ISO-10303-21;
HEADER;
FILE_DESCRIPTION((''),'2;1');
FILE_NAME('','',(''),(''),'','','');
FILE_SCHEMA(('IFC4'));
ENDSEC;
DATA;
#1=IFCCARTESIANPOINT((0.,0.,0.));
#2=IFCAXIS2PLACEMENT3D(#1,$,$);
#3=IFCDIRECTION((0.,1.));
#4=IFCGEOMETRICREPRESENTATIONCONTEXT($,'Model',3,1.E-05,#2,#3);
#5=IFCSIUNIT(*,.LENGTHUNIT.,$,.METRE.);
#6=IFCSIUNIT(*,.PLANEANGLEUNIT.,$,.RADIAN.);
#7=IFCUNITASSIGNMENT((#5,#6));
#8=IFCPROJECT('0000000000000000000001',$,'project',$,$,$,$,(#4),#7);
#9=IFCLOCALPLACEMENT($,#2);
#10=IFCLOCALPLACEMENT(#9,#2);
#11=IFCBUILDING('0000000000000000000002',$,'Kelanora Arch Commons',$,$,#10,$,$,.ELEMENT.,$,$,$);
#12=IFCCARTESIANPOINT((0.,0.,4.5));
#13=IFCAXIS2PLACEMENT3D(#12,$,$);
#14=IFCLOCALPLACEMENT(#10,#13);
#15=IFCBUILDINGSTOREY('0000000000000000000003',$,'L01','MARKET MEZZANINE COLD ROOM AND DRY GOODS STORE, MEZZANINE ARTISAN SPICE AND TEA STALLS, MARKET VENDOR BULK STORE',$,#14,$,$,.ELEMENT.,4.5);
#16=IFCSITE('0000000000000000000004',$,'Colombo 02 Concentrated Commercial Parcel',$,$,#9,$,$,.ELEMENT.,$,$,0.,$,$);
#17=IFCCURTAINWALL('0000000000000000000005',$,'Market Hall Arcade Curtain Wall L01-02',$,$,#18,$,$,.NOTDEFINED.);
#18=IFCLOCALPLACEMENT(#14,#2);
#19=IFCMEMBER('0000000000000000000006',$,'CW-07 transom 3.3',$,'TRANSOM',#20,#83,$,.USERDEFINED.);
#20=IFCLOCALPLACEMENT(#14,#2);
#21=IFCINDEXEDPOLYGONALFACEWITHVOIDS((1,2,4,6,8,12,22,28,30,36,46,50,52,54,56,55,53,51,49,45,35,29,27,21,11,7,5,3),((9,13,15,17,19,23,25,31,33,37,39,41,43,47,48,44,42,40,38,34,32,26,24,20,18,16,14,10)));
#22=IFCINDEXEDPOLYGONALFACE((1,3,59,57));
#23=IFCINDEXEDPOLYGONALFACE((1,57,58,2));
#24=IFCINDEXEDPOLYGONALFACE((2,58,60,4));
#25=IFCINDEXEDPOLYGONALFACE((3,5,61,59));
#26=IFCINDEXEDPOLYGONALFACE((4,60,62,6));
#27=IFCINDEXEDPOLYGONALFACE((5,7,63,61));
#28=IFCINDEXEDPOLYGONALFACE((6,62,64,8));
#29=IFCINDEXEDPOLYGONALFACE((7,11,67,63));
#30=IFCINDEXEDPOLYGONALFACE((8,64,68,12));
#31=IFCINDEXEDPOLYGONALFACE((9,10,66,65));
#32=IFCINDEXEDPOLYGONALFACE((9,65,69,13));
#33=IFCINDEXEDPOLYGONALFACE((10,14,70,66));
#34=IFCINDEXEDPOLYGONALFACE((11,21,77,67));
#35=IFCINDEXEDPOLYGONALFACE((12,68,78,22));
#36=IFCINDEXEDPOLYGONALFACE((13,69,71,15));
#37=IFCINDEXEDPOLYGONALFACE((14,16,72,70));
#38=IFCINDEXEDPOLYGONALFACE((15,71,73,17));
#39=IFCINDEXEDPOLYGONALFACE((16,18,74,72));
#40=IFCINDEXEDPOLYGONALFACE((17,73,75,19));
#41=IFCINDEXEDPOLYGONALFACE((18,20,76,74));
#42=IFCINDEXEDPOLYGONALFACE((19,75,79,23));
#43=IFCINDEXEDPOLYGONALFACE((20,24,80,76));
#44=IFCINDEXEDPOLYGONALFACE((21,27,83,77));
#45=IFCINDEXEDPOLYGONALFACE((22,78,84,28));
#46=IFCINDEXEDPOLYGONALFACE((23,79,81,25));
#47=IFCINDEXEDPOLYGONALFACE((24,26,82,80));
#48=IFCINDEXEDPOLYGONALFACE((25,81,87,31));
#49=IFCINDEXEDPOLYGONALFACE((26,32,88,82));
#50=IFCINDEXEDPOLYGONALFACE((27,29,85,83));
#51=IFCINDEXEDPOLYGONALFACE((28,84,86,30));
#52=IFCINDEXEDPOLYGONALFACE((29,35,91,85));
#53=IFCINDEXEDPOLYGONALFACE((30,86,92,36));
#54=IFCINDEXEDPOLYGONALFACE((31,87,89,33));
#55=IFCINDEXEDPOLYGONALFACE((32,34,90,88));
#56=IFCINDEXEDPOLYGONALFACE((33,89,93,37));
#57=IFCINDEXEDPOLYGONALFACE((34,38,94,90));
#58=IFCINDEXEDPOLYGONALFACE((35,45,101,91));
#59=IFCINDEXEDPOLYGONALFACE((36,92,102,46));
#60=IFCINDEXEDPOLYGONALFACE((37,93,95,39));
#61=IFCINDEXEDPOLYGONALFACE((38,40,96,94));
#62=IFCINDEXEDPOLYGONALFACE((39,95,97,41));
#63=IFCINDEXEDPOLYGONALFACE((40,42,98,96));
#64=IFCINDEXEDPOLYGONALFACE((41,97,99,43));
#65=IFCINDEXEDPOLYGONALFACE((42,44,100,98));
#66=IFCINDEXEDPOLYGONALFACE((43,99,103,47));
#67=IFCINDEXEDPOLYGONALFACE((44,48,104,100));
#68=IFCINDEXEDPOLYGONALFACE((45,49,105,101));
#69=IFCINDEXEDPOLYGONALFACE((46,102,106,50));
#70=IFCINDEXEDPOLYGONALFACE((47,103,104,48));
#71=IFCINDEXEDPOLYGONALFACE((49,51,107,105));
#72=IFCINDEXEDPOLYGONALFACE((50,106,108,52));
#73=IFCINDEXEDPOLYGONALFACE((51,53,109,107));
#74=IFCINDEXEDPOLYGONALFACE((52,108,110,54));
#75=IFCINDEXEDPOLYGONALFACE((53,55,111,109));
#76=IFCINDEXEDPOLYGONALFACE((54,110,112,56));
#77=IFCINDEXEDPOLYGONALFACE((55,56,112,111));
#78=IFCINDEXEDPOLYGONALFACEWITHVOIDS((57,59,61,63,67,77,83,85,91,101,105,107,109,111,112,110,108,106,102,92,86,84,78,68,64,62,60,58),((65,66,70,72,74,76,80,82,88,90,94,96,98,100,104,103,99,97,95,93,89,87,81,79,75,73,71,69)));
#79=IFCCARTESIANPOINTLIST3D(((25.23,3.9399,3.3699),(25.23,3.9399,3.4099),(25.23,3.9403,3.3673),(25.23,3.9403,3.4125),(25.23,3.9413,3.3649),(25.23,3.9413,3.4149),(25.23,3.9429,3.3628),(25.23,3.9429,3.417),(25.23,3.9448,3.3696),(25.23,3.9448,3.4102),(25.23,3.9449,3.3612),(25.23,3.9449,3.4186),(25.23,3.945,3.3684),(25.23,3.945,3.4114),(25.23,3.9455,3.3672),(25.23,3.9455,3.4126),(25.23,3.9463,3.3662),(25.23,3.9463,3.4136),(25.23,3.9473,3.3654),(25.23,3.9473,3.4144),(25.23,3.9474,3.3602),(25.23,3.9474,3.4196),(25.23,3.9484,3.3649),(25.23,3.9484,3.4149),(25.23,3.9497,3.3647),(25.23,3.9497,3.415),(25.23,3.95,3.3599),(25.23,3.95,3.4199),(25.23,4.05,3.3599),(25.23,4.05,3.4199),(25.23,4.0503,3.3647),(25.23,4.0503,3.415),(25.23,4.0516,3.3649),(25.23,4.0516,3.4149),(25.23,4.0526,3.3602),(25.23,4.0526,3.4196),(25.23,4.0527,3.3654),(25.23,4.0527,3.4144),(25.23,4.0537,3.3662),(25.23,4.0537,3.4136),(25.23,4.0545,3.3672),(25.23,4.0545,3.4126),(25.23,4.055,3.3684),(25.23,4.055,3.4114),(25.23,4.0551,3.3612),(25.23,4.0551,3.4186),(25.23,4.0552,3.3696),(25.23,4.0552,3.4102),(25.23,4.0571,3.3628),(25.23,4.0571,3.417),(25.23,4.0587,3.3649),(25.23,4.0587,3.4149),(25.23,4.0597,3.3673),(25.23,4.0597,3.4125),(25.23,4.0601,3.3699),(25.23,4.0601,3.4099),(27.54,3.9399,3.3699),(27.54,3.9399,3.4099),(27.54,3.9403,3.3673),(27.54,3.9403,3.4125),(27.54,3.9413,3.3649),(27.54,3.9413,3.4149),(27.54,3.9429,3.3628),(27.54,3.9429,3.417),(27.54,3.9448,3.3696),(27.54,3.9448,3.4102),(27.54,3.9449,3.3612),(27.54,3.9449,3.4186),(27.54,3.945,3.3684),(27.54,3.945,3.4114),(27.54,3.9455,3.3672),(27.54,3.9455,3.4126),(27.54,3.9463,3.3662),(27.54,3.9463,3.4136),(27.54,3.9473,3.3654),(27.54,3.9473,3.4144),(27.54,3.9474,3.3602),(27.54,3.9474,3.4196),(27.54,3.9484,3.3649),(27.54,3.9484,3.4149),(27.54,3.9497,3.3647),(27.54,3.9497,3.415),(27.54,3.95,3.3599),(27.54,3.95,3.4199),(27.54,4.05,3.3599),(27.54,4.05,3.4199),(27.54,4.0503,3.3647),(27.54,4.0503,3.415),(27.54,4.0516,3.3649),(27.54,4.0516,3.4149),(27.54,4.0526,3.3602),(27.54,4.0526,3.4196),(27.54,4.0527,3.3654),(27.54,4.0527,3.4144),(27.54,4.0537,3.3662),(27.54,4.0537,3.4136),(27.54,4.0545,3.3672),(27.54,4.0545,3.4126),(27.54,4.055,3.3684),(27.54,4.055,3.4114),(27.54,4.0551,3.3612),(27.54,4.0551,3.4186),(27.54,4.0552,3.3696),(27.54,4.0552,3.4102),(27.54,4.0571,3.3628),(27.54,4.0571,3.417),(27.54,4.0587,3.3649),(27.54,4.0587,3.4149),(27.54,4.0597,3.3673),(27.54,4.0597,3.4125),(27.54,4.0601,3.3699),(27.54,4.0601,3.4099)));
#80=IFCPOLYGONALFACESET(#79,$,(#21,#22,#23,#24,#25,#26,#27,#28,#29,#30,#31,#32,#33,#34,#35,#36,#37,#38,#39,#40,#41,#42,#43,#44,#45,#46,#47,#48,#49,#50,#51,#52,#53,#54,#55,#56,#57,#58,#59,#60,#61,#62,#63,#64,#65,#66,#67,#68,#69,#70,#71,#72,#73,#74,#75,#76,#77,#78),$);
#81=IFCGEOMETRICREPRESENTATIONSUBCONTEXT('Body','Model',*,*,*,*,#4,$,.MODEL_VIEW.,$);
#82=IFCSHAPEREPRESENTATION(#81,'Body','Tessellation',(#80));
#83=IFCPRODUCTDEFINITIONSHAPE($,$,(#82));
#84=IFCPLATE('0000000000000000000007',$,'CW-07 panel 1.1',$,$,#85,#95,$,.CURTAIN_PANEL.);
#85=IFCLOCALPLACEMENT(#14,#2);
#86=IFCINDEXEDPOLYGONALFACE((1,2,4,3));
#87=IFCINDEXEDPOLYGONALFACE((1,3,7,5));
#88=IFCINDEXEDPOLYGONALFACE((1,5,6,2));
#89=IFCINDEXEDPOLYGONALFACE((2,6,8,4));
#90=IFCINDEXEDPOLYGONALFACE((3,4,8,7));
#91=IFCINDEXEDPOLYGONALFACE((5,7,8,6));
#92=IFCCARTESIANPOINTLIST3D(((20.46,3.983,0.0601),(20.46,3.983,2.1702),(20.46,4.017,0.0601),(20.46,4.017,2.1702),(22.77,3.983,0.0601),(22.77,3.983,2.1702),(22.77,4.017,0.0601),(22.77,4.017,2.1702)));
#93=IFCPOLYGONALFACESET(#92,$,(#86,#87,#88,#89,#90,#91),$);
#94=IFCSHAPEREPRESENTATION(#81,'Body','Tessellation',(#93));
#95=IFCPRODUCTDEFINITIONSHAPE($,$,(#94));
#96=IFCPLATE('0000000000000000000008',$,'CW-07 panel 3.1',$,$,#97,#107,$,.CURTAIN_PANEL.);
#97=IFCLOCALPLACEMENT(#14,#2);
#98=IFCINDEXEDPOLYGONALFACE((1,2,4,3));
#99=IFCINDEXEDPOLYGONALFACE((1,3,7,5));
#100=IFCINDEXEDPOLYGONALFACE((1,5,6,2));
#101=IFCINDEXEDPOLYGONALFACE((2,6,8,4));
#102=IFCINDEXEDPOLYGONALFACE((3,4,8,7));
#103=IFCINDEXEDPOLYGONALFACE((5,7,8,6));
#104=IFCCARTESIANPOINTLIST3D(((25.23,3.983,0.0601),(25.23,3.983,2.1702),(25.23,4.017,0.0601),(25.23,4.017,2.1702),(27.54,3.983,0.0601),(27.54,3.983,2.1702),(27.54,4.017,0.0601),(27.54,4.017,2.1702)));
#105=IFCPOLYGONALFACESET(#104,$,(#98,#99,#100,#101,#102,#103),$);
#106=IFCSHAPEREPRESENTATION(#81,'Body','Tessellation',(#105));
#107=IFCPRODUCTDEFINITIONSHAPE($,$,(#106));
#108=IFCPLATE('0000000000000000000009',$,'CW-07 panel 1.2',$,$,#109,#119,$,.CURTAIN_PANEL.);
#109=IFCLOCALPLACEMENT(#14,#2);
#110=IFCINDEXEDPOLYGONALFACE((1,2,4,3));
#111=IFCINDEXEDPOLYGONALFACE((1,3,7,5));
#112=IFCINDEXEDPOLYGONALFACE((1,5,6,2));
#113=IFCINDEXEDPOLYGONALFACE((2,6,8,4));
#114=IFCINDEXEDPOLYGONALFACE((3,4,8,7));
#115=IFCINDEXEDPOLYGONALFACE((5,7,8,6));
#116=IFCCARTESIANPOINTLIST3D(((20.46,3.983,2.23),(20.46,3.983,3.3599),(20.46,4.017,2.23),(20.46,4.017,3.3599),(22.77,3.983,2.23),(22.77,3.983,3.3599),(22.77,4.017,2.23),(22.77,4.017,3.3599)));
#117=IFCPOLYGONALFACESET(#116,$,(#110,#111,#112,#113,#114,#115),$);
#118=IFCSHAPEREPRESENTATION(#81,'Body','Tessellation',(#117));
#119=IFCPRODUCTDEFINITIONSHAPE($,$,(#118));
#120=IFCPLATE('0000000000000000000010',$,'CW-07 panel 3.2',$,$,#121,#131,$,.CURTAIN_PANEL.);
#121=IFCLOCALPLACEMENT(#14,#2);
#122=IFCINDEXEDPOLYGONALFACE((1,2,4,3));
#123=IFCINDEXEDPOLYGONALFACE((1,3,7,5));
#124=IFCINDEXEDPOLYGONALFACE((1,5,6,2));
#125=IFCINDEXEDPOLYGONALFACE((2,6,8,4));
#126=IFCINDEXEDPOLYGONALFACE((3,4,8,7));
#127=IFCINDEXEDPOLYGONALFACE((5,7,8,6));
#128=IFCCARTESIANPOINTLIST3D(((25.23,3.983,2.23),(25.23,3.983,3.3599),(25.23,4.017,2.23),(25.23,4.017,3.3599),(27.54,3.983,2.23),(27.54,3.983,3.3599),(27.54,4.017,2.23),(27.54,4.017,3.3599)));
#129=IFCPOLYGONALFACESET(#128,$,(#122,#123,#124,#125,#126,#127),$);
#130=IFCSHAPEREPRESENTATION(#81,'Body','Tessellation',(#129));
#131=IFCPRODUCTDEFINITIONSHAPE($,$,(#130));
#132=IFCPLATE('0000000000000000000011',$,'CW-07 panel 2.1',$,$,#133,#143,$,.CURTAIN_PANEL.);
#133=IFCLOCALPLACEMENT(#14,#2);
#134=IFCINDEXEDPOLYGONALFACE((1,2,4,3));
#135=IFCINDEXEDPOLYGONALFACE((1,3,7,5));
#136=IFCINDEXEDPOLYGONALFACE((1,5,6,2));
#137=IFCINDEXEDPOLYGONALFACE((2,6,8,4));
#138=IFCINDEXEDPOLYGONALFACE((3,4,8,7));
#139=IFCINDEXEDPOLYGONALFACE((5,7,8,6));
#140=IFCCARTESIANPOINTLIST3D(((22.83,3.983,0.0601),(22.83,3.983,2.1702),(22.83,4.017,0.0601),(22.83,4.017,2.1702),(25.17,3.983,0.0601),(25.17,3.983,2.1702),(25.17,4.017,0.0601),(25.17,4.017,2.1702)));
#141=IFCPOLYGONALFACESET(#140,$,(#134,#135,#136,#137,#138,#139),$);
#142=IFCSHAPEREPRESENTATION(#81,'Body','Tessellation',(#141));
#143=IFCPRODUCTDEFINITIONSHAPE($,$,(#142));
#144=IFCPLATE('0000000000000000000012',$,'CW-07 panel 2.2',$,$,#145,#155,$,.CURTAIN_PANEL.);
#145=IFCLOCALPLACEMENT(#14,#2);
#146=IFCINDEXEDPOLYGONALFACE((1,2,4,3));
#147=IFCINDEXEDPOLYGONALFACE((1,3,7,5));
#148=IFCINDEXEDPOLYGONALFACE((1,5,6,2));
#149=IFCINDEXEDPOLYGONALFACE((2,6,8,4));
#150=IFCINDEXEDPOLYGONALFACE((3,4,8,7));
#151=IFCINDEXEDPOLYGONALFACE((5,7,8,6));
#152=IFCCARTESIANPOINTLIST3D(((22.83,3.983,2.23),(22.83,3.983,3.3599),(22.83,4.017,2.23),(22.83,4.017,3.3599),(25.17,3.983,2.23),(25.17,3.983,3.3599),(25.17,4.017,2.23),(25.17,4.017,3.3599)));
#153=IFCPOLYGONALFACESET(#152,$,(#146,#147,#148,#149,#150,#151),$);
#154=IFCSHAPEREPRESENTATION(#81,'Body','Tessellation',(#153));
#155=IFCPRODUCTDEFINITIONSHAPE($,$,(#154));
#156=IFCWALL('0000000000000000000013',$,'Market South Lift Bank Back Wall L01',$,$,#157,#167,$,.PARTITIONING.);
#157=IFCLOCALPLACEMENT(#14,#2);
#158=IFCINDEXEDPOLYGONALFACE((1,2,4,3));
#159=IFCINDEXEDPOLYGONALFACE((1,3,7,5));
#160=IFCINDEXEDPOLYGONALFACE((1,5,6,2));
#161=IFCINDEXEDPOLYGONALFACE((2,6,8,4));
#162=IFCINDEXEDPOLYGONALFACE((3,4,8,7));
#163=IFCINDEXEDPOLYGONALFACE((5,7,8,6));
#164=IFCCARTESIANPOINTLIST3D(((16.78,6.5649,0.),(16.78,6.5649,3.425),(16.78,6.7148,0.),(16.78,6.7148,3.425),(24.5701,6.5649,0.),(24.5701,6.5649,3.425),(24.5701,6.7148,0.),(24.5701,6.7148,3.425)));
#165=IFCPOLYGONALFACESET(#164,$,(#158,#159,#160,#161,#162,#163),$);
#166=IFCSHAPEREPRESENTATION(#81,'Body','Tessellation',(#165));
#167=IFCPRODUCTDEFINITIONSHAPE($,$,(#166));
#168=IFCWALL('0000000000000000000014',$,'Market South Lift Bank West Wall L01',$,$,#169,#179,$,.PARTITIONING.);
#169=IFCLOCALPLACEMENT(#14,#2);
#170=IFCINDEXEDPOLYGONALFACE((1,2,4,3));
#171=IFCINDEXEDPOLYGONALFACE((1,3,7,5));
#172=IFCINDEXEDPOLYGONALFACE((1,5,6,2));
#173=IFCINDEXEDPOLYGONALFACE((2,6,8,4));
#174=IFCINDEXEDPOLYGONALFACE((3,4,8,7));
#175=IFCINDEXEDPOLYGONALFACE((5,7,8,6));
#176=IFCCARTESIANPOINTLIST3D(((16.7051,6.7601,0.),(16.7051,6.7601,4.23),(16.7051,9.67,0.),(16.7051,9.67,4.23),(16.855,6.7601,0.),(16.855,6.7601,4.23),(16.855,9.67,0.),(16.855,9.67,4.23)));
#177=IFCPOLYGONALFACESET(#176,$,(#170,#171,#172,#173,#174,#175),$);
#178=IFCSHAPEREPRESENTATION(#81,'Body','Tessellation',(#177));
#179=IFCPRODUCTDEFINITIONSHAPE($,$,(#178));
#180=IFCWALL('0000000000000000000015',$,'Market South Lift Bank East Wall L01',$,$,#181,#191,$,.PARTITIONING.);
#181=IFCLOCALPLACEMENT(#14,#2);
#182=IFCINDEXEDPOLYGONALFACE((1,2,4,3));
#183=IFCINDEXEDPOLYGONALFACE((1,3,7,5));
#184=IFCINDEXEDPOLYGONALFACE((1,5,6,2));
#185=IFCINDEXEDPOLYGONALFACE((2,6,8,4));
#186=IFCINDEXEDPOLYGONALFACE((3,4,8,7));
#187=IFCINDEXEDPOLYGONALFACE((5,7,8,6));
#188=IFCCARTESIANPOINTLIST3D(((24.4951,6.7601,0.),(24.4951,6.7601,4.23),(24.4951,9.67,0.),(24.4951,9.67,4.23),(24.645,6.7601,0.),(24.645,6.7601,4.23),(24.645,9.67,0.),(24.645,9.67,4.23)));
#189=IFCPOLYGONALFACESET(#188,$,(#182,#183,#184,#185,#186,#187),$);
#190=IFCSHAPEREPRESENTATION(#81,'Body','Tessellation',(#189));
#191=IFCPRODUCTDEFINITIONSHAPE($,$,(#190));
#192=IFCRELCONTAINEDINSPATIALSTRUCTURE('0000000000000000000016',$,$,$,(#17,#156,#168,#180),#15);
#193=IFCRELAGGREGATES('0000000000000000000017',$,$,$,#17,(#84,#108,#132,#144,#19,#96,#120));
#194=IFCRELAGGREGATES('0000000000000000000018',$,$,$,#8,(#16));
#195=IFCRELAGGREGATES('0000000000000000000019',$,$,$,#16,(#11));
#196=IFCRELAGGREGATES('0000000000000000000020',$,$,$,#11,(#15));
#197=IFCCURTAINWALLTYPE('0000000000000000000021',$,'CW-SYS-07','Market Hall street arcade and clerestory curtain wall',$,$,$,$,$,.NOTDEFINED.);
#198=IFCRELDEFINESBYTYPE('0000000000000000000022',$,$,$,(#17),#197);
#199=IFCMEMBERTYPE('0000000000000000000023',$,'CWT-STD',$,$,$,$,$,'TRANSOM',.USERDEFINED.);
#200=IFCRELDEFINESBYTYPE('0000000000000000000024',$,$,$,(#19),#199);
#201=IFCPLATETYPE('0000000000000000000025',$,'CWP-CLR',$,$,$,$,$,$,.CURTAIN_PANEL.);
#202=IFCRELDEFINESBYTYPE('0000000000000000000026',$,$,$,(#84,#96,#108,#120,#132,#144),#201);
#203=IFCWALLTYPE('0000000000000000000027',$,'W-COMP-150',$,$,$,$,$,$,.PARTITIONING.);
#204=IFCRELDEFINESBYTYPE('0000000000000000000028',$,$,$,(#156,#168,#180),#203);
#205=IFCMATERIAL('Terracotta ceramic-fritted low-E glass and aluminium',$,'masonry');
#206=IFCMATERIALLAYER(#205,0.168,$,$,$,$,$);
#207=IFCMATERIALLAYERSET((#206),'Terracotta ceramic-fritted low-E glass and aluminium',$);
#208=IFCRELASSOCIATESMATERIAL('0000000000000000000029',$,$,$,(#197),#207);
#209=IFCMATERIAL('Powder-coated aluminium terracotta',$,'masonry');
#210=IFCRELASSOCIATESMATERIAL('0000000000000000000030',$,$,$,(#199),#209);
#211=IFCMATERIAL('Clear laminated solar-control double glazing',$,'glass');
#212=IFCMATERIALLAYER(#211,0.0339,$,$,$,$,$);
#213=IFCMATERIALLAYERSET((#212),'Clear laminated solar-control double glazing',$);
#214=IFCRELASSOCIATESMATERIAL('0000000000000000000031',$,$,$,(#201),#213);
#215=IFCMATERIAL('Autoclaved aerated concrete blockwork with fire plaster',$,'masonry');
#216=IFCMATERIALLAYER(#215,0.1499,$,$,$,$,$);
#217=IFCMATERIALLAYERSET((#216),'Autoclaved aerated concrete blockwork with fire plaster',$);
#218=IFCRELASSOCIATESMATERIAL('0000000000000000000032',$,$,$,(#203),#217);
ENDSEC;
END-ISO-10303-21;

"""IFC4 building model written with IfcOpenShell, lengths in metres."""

from ifc_helpers import new_model, si_unit, direction, frame, frame_2d, origin, origin_2d, place, context, subcontext, project, spatial, rectangle, hollow_rectangle, extrude, source, transform, mapped, material, layer, layer_set, material_profile, profile_set, type_object, element, aggregate, save


model = new_model("IFC4")

# Units and contexts
model_context = context("Model", 3, precision=1e-05, world=origin(), true_north=direction((0.0, 1.0)))
body_context = subcontext(model_context, "Body", "Model", "MODEL_VIEW")
ifc_project = project(units=[si_unit("LENGTHUNIT", "METRE"), si_unit("PLANEANGLEUNIT", "RADIAN")], contexts=[model_context])

# Site, building, storey
site_placement = place(None, origin())
site = spatial("IfcSite", under=ifc_project, at=site_placement, Name="Colombo 02 Concentrated Commercial Parcel", CompositionType="ELEMENT", RefElevation=0.0)
building_placement = place(site_placement, origin())
building = spatial("IfcBuilding", under=site, at=building_placement, Name="Kelanora Arch Commons", CompositionType="ELEMENT")
storey_placement = place(building_placement, frame((0.0, 0.0, 4.5)))
storey = spatial("IfcBuildingStorey", under=building, at=storey_placement, Name="L01", Description="MARKET MEZZANINE COLD ROOM AND DRY GOODS STORE, MEZZANINE ARTISAN SPICE AND TEA STALLS, MARKET VENDOR BULK STORE", CompositionType="ELEMENT", Elevation=4.5)

# Curtain wall, member, plates
ifc_material_1 = material(Name="Terracotta ceramic-fritted low-E glass and aluminium", Category="masonry")
ifc_layer_1 = layer(ifc_material_1, 0.168)
ifc_layer_set_1 = layer_set([ifc_layer_1], Name="Terracotta ceramic-fritted low-E glass and aluminium")
curtain_wall_type = type_object("IfcCurtainWallType", Name="CW-SYS-07", Description="Market Hall street arcade and clerestory curtain wall", PredefinedType="NOTDEFINED", material=ifc_layer_set_1)
curtain_wall_placement = place(storey_placement, origin())
curtain_wall = element("IfcCurtainWall", 1, at=curtain_wall_placement, inside=storey, type_object=curtain_wall_type, Name="Market Hall Arcade Curtain Wall L01-02", PredefinedType="NOTDEFINED")
ifc_material_2 = material(Name="Powder-coated aluminium terracotta", Category="masonry")
ifc_material_profile_1 = material_profile(ifc_material_2, hollow_rectangle(XDim=0.1201, YDim=0.0601, WallThickness=0.0049, InnerFilletRadius=0.0049, OuterFilletRadius=0.01, at=origin_2d()), Name="CWT120x60")
ifc_profile_set_1 = profile_set([ifc_material_profile_1], Name="Powder-coated aluminium terracotta")
member_type_1 = type_object("IfcMemberType", Name="CWT-STD", ElementType="TRANSOM", PredefinedType="USERDEFINED", material=ifc_profile_set_1)
member_1_placement = place(storey_placement, frame((25.23, 4.0, 3.3899), z_axis=(1.0, 0.0, 0.0), x_axis=(0.0, 1.0, 0.0)))
member_1 = element("IfcMember", 2, at=member_1_placement, type_object=member_type_1, Name="CW-07 transom 3.3", ObjectType="TRANSOM", PredefinedType="USERDEFINED", context=body_context, shape_type="SweptSolid", body=[
    extrude(hollow_rectangle(XDim=0.1201, YDim=0.0601, WallThickness=0.0049, InnerFilletRadius=0.0049, OuterFilletRadius=0.01, at=origin_2d()), origin(), (0.0, 0.0, 1.0), 2.3101),
])
ifc_material_3 = material(Name="Clear laminated solar-control double glazing", Category="glass")
ifc_layer_2 = layer(ifc_material_3, 0.0339)
ifc_layer_set_2 = layer_set([ifc_layer_2], Name="Clear laminated solar-control double glazing")
plate_type = type_object("IfcPlateType", Name="CWP-CLR", PredefinedType="CURTAIN_PANEL", material=ifc_layer_set_2)
shared_shape_1 = source(origin(), body_context, "Body", "SweptSolid", [
    extrude(rectangle(XDim=2.3101, YDim=0.0339, at=origin_2d()), origin(), (0.0, 0.0, 1.0), 2.1101),
])
plate_1_placement = place(storey_placement, frame((21.615, 4.0, 0.0601), z_axis=(0.0, 0.0, 1.0), x_axis=(1.0, 0.0, 0.0)))
plate_1 = element("IfcPlate", 3, at=plate_1_placement, type_object=plate_type, Name="CW-07 panel 1.1", PredefinedType="CURTAIN_PANEL", context=body_context, shape_type="MappedRepresentation", body=[
    mapped(shared_shape_1, transform((0.0, 0.0, 0.0), scale=1.0)),
])
plate_2_placement = place(storey_placement, frame((26.385, 4.0, 0.0601), z_axis=(0.0, 0.0, 1.0), x_axis=(1.0, 0.0, 0.0)))
plate_2 = element("IfcPlate", 4, at=plate_2_placement, type_object=plate_type, Name="CW-07 panel 3.1", PredefinedType="CURTAIN_PANEL", context=body_context, shape_type="MappedRepresentation", body=[
    mapped(shared_shape_1, transform((0.0, 0.0, 0.0), scale=1.0)),
])
shared_shape_2 = source(origin(), body_context, "Body", "SweptSolid", [
    extrude(rectangle(XDim=2.3101, YDim=0.0339, at=origin_2d()), origin(), (0.0, 0.0, 1.0), 1.1299),
])
plate_3_placement = place(storey_placement, frame((21.615, 4.0, 2.23), z_axis=(0.0, 0.0, 1.0), x_axis=(1.0, 0.0, 0.0)))
plate_3 = element("IfcPlate", 5, at=plate_3_placement, type_object=plate_type, Name="CW-07 panel 1.2", PredefinedType="CURTAIN_PANEL", context=body_context, shape_type="MappedRepresentation", body=[
    mapped(shared_shape_2, transform((0.0, 0.0, 0.0), scale=1.0)),
])
plate_4_placement = place(storey_placement, frame((26.385, 4.0, 2.23), z_axis=(0.0, 0.0, 1.0), x_axis=(1.0, 0.0, 0.0)))
plate_4 = element("IfcPlate", 6, at=plate_4_placement, type_object=plate_type, Name="CW-07 panel 3.2", PredefinedType="CURTAIN_PANEL", context=body_context, shape_type="MappedRepresentation", body=[
    mapped(shared_shape_2, transform((0.0, 0.0, 0.0), scale=1.0)),
])
shared_shape_3 = source(origin(), body_context, "Body", "SweptSolid", [
    extrude(rectangle(XDim=2.3401, YDim=0.0339, at=origin_2d()), origin(), (0.0, 0.0, 1.0), 2.1101),
])
plate_5_placement = place(storey_placement, frame((24.0, 4.0, 0.0601), z_axis=(0.0, 0.0, 1.0), x_axis=(1.0, 0.0, 0.0)))
plate_5 = element("IfcPlate", 7, at=plate_5_placement, type_object=plate_type, Name="CW-07 panel 2.1", PredefinedType="CURTAIN_PANEL", context=body_context, shape_type="MappedRepresentation", body=[
    mapped(shared_shape_3, transform((0.0, 0.0, 0.0), scale=1.0)),
])
shared_shape_4 = source(origin(), body_context, "Body", "SweptSolid", [
    extrude(rectangle(XDim=2.3401, YDim=0.0339, at=origin_2d()), origin(), (0.0, 0.0, 1.0), 1.1299),
])
plate_6_placement = place(storey_placement, frame((24.0, 4.0, 2.23), z_axis=(0.0, 0.0, 1.0), x_axis=(1.0, 0.0, 0.0)))
plate_6 = element("IfcPlate", 8, at=plate_6_placement, type_object=plate_type, Name="CW-07 panel 2.2", PredefinedType="CURTAIN_PANEL", context=body_context, shape_type="MappedRepresentation", body=[
    mapped(shared_shape_4, transform((0.0, 0.0, 0.0), scale=1.0)),
])
aggregate(curtain_wall, [plate_1, plate_3, plate_5, plate_6, member_1, plate_2, plate_4])

# Walls
ifc_material_4 = material(Name="Autoclaved aerated concrete blockwork with fire plaster", Category="masonry")
ifc_layer_3 = layer(ifc_material_4, 0.1499)
ifc_layer_set_3 = layer_set([ifc_layer_3], Name="Autoclaved aerated concrete blockwork with fire plaster")
wall_type_1 = type_object("IfcWallType", Name="W-COMP-150", PredefinedType="PARTITIONING", material=ifc_layer_set_3)
wall_1_placement = place(storey_placement, frame((16.78, 6.6399, 0.0), z_axis=(0.0, 0.0, 1.0), x_axis=(1.0, 0.0, 0.0)))
element("IfcWall", 9, at=wall_1_placement, inside=storey, type_object=wall_type_1, Name="Market South Lift Bank Back Wall L01", PredefinedType="PARTITIONING", context=body_context, shape_type="SweptSolid", body=[
    extrude(rectangle(XDim=7.79, YDim=0.1499, at=frame_2d((3.895, 0.0))), origin(), (0.0, 0.0, 1.0), 3.425),
])
for number, where, z_axis, x_axis, name in (
    (10, (16.78, 6.76, 0.0), (0.0, 0.0, 1.0), (0.0, 1.0, 0.0), "Market South Lift Bank West Wall L01"),
    (11, (24.5701, 6.76, 0.0), (0.0, 0.0, 1.0), (0.0, 1.0, 0.0), "Market South Lift Bank East Wall L01"),
):
    element("IfcWall", number, at=place(storey_placement, frame(where, z_axis=z_axis, x_axis=x_axis)), inside=storey, type_object=wall_type_1, Name=name, PredefinedType="PARTITIONING", context=body_context, shape_type="SweptSolid", body=[
        extrude(rectangle(XDim=2.9099, YDim=0.1499, at=frame_2d((1.4551, 0.0))), origin(), (0.0, 0.0, 1.0), 4.23),
    ])

save(model, "model.ifc")
